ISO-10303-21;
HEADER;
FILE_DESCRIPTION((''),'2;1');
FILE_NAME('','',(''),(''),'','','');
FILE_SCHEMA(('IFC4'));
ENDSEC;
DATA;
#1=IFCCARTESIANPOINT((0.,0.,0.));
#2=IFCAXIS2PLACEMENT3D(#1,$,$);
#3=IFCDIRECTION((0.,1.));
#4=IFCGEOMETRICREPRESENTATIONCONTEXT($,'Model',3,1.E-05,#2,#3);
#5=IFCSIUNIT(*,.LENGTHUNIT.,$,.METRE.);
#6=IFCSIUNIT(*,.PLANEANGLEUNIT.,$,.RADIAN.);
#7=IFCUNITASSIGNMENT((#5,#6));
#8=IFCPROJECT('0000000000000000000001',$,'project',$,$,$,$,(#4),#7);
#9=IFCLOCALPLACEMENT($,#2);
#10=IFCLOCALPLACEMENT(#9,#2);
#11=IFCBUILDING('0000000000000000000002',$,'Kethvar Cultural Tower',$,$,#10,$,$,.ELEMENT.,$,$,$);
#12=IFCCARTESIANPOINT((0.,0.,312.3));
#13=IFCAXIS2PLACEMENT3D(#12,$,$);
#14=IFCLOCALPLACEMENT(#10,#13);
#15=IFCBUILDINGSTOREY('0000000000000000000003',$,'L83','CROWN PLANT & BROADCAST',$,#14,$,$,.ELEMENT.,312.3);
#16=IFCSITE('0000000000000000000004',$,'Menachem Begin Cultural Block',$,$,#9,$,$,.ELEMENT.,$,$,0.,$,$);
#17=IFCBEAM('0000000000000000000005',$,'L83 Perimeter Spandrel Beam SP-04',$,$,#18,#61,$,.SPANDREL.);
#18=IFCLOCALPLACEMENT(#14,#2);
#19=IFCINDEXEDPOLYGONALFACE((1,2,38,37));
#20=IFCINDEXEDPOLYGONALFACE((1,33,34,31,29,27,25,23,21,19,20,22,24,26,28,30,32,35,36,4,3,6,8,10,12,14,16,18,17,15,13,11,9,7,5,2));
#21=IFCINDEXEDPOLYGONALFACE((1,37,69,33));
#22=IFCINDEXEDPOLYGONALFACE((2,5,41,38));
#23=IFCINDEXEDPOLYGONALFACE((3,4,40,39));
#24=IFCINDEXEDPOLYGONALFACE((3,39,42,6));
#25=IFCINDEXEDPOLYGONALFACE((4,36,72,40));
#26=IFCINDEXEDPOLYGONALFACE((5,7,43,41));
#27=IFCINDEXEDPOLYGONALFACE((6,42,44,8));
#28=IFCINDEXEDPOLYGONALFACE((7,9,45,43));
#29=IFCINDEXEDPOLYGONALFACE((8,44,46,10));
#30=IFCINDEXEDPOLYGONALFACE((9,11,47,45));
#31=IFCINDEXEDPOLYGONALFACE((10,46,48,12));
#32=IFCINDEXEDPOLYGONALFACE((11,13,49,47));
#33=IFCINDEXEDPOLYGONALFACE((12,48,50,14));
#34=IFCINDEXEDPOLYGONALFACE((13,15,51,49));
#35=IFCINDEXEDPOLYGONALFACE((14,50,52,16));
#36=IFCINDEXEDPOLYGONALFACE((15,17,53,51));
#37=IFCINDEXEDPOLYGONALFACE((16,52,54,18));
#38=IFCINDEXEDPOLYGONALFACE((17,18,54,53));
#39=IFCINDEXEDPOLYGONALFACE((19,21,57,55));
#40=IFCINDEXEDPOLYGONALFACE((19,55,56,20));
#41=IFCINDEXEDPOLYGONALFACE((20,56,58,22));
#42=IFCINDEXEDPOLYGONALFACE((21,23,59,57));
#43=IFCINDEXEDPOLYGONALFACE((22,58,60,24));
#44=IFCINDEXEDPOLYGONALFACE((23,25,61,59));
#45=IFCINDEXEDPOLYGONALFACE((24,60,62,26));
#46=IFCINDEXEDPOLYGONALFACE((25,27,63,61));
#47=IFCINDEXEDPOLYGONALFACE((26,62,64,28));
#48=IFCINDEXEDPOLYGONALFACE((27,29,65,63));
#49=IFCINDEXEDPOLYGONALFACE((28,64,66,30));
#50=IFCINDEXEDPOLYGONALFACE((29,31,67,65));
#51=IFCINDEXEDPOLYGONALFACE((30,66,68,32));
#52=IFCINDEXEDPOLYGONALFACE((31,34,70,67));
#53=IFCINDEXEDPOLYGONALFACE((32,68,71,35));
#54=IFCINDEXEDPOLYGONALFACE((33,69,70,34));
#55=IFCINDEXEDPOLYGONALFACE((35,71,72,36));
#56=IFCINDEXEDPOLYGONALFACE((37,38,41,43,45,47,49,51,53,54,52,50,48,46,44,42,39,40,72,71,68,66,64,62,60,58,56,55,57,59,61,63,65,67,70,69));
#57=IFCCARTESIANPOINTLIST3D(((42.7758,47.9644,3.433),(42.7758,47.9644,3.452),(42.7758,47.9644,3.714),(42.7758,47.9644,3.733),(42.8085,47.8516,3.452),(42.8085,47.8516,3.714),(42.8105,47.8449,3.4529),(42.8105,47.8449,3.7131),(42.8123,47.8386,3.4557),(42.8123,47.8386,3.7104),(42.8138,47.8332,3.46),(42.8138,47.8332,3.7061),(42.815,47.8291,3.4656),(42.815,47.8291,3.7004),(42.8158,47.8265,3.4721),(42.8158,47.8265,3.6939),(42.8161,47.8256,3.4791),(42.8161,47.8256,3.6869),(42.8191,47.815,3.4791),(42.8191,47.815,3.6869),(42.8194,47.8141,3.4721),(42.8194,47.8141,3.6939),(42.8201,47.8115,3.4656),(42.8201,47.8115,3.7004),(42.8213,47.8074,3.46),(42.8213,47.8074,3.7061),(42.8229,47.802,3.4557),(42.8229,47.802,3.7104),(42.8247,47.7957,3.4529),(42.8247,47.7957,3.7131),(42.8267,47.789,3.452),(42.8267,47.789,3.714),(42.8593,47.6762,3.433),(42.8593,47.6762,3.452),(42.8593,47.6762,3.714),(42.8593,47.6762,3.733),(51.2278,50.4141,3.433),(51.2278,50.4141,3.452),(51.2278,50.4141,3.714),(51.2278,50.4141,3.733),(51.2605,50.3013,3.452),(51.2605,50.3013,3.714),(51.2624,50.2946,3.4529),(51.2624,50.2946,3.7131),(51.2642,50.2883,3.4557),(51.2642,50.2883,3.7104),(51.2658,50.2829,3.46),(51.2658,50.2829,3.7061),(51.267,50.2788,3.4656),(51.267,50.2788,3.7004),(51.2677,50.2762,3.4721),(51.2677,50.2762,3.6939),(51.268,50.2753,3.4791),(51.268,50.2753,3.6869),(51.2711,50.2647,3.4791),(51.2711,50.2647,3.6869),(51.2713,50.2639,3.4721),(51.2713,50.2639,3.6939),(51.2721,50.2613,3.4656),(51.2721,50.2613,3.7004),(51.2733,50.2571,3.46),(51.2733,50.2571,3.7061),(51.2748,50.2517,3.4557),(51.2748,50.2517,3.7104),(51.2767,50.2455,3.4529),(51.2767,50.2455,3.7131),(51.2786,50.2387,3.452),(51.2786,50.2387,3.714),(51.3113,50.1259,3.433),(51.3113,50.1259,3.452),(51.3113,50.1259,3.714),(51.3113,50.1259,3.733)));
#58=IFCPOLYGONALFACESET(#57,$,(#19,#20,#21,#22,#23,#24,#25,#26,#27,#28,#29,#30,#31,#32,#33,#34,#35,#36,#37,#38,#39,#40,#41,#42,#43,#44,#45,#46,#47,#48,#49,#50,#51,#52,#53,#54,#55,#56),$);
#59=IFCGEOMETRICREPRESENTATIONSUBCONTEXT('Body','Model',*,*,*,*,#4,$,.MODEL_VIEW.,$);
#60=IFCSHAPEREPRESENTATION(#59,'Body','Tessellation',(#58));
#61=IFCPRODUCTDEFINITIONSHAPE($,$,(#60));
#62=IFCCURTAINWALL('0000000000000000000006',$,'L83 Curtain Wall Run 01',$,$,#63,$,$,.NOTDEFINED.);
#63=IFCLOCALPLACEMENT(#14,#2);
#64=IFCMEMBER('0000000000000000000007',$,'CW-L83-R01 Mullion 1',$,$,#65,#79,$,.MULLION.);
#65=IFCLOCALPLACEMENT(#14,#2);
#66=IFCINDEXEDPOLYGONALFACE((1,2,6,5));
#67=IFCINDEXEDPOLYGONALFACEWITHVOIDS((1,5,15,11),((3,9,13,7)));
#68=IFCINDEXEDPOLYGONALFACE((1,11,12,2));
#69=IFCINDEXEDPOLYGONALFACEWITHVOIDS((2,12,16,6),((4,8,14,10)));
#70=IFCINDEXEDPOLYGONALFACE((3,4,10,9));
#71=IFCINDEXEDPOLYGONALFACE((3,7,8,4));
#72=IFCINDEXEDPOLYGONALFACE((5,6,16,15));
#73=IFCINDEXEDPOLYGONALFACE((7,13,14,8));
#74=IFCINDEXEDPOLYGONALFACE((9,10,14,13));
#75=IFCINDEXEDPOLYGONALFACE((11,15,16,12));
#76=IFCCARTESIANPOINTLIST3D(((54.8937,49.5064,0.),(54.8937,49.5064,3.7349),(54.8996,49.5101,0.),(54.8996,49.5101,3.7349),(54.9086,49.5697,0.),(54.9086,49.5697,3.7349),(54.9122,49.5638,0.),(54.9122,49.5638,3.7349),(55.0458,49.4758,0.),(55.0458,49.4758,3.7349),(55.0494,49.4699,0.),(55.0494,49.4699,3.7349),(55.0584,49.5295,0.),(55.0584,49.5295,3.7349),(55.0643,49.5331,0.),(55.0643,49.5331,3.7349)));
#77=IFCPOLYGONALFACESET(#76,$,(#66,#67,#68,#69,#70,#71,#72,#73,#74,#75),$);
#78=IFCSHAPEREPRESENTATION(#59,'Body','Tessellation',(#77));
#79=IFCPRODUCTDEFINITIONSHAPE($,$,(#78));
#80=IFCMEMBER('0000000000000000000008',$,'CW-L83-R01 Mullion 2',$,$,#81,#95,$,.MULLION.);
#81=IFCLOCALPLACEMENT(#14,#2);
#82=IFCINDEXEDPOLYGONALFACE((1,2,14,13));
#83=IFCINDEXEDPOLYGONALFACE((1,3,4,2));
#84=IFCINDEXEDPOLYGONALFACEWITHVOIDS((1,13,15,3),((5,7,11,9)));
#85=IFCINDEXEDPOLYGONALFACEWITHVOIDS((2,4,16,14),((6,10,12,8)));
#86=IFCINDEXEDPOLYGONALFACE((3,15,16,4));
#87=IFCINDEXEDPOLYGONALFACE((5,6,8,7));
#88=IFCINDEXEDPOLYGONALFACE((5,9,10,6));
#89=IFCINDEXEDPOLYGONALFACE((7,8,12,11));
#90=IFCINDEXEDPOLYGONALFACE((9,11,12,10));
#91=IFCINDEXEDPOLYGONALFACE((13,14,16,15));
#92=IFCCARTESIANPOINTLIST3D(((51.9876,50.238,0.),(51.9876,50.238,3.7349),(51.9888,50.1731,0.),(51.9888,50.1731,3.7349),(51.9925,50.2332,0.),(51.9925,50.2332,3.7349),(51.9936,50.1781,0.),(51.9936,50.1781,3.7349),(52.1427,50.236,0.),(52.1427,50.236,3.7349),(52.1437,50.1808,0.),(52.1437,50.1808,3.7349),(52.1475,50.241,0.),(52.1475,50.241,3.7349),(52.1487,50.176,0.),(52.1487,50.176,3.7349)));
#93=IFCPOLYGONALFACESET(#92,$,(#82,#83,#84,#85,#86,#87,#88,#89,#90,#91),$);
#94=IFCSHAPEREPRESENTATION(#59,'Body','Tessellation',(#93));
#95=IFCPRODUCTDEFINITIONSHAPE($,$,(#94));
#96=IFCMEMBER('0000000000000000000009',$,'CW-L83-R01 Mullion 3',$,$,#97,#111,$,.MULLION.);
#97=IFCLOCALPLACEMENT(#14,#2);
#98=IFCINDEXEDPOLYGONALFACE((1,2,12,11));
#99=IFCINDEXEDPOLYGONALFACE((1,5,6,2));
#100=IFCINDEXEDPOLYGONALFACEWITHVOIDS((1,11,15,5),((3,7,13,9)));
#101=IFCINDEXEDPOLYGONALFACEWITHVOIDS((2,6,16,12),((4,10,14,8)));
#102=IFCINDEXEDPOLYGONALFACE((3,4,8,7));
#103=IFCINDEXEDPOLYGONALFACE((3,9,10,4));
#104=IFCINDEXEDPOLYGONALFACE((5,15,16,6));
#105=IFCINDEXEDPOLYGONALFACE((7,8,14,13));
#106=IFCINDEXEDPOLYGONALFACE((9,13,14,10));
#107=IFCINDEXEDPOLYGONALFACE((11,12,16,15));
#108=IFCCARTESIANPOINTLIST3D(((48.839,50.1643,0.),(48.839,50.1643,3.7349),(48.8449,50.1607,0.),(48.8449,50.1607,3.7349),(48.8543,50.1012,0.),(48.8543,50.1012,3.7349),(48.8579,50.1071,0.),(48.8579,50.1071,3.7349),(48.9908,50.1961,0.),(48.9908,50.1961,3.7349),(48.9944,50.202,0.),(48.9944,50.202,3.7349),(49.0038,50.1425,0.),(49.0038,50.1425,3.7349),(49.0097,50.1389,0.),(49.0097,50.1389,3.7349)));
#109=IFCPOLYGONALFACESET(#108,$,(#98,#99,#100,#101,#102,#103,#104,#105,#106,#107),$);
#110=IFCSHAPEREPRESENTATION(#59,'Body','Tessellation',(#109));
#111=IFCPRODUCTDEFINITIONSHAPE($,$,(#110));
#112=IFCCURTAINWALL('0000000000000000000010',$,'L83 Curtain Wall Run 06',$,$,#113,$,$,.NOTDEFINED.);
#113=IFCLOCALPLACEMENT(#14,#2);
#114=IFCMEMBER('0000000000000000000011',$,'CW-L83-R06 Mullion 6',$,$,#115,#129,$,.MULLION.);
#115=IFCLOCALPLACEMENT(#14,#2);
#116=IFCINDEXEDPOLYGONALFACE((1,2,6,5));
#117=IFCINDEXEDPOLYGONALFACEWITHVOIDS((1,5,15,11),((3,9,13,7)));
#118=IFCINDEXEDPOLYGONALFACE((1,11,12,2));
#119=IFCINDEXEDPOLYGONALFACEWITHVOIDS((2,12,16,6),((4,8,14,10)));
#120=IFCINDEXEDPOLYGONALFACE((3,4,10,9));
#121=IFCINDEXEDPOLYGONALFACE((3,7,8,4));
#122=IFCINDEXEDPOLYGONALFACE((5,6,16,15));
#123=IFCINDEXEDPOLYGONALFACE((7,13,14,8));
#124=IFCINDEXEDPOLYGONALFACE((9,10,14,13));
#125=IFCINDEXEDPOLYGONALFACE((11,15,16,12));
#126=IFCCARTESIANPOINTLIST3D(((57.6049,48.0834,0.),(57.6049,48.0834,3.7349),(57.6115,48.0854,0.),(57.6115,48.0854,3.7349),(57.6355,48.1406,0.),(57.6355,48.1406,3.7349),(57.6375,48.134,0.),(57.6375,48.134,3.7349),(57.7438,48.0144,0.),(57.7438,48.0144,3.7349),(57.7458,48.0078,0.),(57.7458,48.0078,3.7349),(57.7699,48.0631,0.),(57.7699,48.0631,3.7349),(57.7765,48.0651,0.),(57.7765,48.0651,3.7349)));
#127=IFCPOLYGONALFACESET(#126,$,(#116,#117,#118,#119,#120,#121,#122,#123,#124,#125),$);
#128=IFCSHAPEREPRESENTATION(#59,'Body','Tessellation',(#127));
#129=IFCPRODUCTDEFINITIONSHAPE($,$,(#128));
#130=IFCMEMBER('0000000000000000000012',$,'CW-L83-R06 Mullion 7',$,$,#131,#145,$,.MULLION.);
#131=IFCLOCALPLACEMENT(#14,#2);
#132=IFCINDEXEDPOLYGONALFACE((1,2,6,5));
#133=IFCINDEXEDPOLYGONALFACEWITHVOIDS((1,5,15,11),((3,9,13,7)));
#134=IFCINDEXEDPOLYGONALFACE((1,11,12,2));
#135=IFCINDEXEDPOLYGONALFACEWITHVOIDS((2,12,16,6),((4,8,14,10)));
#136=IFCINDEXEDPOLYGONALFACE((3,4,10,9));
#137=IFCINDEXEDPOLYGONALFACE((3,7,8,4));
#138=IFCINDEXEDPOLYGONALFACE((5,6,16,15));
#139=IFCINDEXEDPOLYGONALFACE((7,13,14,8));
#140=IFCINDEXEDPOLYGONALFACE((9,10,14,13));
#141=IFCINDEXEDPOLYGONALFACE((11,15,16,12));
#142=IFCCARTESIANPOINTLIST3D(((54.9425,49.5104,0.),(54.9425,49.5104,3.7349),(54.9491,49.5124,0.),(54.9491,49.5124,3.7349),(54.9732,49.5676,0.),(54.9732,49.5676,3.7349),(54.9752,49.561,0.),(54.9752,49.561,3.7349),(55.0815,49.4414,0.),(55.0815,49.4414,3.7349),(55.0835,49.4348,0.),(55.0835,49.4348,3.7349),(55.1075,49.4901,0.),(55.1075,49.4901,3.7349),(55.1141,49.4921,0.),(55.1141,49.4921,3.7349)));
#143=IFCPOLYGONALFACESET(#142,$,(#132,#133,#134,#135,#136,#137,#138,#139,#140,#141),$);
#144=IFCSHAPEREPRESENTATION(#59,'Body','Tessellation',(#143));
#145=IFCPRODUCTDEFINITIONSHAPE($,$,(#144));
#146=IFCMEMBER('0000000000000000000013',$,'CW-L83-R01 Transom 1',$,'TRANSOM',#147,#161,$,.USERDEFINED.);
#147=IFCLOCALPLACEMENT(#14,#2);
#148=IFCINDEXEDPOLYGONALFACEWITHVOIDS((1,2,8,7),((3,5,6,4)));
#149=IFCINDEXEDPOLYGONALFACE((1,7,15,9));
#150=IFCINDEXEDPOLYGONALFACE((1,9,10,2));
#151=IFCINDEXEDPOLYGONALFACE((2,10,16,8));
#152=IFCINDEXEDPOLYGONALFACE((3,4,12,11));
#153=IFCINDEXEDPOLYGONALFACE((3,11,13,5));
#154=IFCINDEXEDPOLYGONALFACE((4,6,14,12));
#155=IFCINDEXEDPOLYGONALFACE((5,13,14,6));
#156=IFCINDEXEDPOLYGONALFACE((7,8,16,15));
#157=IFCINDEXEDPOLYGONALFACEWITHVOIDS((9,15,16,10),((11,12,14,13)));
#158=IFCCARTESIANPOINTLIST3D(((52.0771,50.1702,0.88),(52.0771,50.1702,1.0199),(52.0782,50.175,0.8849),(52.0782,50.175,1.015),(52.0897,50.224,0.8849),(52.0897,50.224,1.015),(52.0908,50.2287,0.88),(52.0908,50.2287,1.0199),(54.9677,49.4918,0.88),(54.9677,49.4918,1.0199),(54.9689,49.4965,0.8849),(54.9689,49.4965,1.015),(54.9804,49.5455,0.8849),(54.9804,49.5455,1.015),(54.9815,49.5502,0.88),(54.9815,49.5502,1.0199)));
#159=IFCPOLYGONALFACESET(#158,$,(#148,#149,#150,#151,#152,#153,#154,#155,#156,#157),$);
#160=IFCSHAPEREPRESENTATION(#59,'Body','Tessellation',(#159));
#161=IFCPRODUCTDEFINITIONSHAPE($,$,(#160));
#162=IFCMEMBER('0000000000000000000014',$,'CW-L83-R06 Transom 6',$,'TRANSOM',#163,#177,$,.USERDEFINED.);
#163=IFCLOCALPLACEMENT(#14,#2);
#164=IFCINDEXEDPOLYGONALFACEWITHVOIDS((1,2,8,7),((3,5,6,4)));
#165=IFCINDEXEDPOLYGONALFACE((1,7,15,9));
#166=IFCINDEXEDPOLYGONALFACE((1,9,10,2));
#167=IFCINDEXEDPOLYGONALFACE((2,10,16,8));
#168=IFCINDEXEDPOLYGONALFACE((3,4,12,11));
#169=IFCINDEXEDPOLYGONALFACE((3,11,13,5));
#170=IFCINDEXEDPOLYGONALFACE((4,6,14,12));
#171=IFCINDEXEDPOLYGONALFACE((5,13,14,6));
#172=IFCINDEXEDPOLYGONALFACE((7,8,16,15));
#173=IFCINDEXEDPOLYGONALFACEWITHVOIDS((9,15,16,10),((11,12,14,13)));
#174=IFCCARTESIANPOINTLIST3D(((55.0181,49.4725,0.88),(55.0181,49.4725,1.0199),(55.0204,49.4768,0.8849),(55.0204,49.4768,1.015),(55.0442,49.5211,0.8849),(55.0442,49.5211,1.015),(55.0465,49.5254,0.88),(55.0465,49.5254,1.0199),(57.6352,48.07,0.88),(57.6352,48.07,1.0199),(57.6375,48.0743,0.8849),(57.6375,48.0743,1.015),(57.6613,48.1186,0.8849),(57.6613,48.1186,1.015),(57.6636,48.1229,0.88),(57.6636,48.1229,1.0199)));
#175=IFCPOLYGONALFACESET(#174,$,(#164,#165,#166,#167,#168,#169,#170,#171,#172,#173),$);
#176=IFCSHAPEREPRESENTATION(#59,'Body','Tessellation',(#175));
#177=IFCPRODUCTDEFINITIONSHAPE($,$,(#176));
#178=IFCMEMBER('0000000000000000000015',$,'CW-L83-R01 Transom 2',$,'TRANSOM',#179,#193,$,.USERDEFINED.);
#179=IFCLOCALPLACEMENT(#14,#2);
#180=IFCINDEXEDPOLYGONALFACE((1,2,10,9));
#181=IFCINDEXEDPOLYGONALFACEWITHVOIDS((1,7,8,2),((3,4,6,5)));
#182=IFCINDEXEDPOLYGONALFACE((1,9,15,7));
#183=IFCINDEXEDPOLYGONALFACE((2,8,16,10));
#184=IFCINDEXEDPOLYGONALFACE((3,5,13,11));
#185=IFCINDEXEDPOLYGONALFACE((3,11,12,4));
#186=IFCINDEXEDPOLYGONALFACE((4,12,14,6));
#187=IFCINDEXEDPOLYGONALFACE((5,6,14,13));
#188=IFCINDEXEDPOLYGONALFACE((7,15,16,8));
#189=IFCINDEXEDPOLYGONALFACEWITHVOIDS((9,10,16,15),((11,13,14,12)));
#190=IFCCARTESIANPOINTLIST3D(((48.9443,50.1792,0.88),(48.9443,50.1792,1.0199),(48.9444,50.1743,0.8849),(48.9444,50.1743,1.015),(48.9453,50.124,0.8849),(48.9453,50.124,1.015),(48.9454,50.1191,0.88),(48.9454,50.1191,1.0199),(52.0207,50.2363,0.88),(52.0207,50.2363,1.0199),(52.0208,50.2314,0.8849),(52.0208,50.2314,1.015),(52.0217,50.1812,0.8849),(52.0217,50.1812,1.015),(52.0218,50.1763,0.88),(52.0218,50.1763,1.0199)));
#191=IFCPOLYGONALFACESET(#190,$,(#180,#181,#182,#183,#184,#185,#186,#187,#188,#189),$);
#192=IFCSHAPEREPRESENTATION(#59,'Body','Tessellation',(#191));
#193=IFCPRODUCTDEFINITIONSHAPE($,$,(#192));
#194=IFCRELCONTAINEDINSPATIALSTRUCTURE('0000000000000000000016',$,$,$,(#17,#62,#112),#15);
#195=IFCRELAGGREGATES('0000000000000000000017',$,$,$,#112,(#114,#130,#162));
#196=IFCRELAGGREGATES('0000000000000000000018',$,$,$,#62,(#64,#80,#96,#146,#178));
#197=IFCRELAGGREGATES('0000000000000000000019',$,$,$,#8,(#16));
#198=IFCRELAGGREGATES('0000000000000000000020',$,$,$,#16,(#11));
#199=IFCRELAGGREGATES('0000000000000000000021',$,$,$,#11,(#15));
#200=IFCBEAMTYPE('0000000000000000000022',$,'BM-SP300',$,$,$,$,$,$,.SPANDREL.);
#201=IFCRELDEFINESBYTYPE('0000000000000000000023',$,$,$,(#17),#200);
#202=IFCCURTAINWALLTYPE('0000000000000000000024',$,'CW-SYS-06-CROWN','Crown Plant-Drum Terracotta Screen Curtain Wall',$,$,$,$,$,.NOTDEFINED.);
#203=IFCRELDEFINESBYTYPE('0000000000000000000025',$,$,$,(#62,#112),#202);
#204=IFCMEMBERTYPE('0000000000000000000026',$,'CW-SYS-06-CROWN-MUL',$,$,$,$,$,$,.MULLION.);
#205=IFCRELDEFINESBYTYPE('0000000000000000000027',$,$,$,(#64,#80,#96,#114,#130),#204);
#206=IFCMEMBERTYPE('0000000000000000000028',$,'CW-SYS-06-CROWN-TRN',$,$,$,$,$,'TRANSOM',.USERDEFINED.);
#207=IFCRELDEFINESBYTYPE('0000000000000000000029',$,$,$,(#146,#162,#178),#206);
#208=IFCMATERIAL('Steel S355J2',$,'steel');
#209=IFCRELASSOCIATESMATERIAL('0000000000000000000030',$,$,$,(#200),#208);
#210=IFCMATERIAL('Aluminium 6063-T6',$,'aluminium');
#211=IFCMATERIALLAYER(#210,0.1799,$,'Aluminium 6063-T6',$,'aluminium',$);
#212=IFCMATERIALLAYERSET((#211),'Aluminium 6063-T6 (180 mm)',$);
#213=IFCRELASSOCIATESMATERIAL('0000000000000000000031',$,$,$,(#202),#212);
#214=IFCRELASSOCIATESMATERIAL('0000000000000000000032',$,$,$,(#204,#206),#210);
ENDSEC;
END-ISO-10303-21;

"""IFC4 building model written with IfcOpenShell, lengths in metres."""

from ifc_helpers import new_model, si_unit, direction, frame, origin, origin_2d, place, context, subcontext, project, spatial, hollow_rectangle, i_section, extrude, source, transform, mapped, material, layer, layer_set, material_profile, profile_set, type_object, element, aggregate, save


model = new_model("IFC4")

# Units and contexts
model_context = context("Model", 3, precision=1e-05, world=origin(), true_north=direction((0.0, 1.0)))
body_context = subcontext(model_context, "Body", "Model", "MODEL_VIEW")
ifc_project = project(units=[si_unit("LENGTHUNIT", "METRE"), si_unit("PLANEANGLEUNIT", "RADIAN")], contexts=[model_context])

# Site, building, storey
site_placement = place(None, origin())
site = spatial("IfcSite", under=ifc_project, at=site_placement, Name="Menachem Begin Cultural Block", CompositionType="ELEMENT", RefElevation=0.0)
building_placement = place(site_placement, origin())
building = spatial("IfcBuilding", under=site, at=building_placement, Name="Kethvar Cultural Tower", CompositionType="ELEMENT")
storey_placement = place(building_placement, frame((0.0, 0.0, 312.3)))
storey = spatial("IfcBuildingStorey", under=building, at=storey_placement, Name="L83", Description="CROWN PLANT & BROADCAST", CompositionType="ELEMENT", Elevation=312.3)

# Shared definitions
ifc_material_1 = material(Name="Steel S355J2", Category="steel")

# Beam
ifc_material_profile_1 = material_profile(ifc_material_1, i_section(OverallWidth=0.3, OverallDepth=0.3, WebThickness=0.011, FlangeThickness=0.019, FilletRadius=0.0271, at=origin_2d()), Name="Steel S355J2 — HEB300")
ifc_profile_set_1 = profile_set([ifc_material_profile_1], Name="Steel S355J2 — HEB300")
beam_type_1 = type_object("IfcBeamType", Name="BM-SP300", PredefinedType="SPANDREL", material=ifc_profile_set_1)
shared_shape_1 = source(origin(), body_context, "Body", "SweptSolid", [
    extrude(i_section(OverallWidth=0.3, OverallDepth=0.3, WebThickness=0.011, FlangeThickness=0.019, FilletRadius=0.0271, at=origin_2d()), origin(), (0.0, 0.0, 1.0), 8.7998),
])
beam_1_placement = place(storey_placement, frame((51.2695, 50.27, 3.583), z_axis=(-0.96047, -0.278383, 0.0), x_axis=(0.278383, -0.96047, 0.0)))
element("IfcBeam", 1, at=beam_1_placement, inside=storey, type_object=beam_type_1, Name="L83 Perimeter Spandrel Beam SP-04", PredefinedType="SPANDREL", context=body_context, shape_type="MappedRepresentation", body=[
    mapped(shared_shape_1, transform((0.0, 0.0, 0.0), scale=1.0)),
])

# Curtain walls, members
ifc_material_2 = material(Name="Aluminium 6063-T6", Category="aluminium")
ifc_layer_1 = layer(ifc_material_2, 0.1799, Name="Aluminium 6063-T6", Category="aluminium")
ifc_layer_set_1 = layer_set([ifc_layer_1], Name="Aluminium 6063-T6 (180 mm)")
curtain_wall_type = type_object("IfcCurtainWallType", Name="CW-SYS-06-CROWN", Description="Crown Plant-Drum Terracotta Screen Curtain Wall", PredefinedType="NOTDEFINED", material=ifc_layer_set_1)
curtain_wall_1_placement = place(storey_placement, origin())
curtain_wall_1 = element("IfcCurtainWall", 2, at=curtain_wall_1_placement, inside=storey, type_object=curtain_wall_type, Name="L83 Curtain Wall Run 01", PredefinedType="NOTDEFINED")
ifc_material_profile_2 = material_profile(ifc_material_2, hollow_rectangle(XDim=0.0649, YDim=0.1599, WallThickness=0.0049, at=origin_2d()), Name="Aluminium 6063-T6 — RHS160x65x5")
ifc_profile_set_2 = profile_set([ifc_material_profile_2], Name="Aluminium 6063-T6 — RHS160x65x5")
member_type_1 = type_object("IfcMemberType", Name="CW-SYS-06-CROWN-MUL", PredefinedType="MULLION", material=ifc_profile_set_2)
shared_shape_2 = source(origin(), body_context, "Body", "SweptSolid", [
    extrude(hollow_rectangle(XDim=0.0649, YDim=0.1599, WallThickness=0.0049, at=origin_2d()), origin(), (0.0, 0.0, 1.0), 3.7349),
])
member_1_placement = place(storey_placement, frame((54.979, 49.5198, 0.0), z_axis=(0.0, 0.0, 1.0), x_axis=(-0.228538, -0.973535, 0.0)))
member_1 = element("IfcMember", 3, at=member_1_placement, type_object=member_type_1, Name="CW-L83-R01 Mullion 1", PredefinedType="MULLION", context=body_context, shape_type="MappedRepresentation", body=[
    mapped(shared_shape_2, transform((0.0, 0.0, 0.0), scale=1.0)),
])
member_2_placement = place(storey_placement, frame((52.0681, 50.207, 0.0), z_axis=(0.0, 0.0, 1.0), x_axis=(0.018517, -0.999829, 0.0)))
member_2 = element("IfcMember", 4, at=member_2_placement, type_object=member_type_1, Name="CW-L83-R01 Mullion 2", PredefinedType="MULLION", context=body_context, shape_type="MappedRepresentation", body=[
    mapped(shared_shape_2, transform((0.0, 0.0, 0.0), scale=1.0)),
])
member_3_placement = place(storey_placement, frame((48.9243, 50.1516, 0.0), z_axis=(0.0, 0.0, 1.0), x_axis=(0.235821, -0.971797, 0.0)))
member_3 = element("IfcMember", 5, at=member_3_placement, type_object=member_type_1, Name="CW-L83-R01 Mullion 3", PredefinedType="MULLION", context=body_context, shape_type="MappedRepresentation", body=[
    mapped(shared_shape_2, transform((0.0, 0.0, 0.0), scale=1.0)),
])
curtain_wall_2_placement = place(storey_placement, origin())
curtain_wall_2 = element("IfcCurtainWall", 6, at=curtain_wall_2_placement, inside=storey, type_object=curtain_wall_type, Name="L83 Curtain Wall Run 06", PredefinedType="NOTDEFINED")
member_4_placement = place(storey_placement, frame((57.6907, 48.0742, 0.0), z_axis=(0.0, 0.0, 1.0), x_axis=(-0.472382, -0.881394, 0.0)))
member_4 = element("IfcMember", 7, at=member_4_placement, type_object=member_type_1, Name="CW-L83-R06 Mullion 6", PredefinedType="MULLION", context=body_context, shape_type="MappedRepresentation", body=[
    mapped(shared_shape_2, transform((0.0, 0.0, 0.0), scale=1.0)),
])
member_5_placement = place(storey_placement, frame((55.0283, 49.5012, 0.0), z_axis=(0.0, 0.0, 1.0), x_axis=(-0.472382, -0.881394, 0.0)))
member_5 = element("IfcMember", 8, at=member_5_placement, type_object=member_type_1, Name="CW-L83-R06 Mullion 7", PredefinedType="MULLION", context=body_context, shape_type="MappedRepresentation", body=[
    mapped(shared_shape_2, transform((0.0, 0.0, 0.0), scale=1.0)),
])

# Members
ifc_material_profile_3 = material_profile(ifc_material_2, hollow_rectangle(XDim=0.0601, YDim=0.1399, WallThickness=0.0049, at=origin_2d()), Name="Aluminium 6063-T6 — RHS140x60x5")
ifc_profile_set_3 = profile_set([ifc_material_profile_3], Name="Aluminium 6063-T6 — RHS140x60x5")
member_type_2 = type_object("IfcMemberType", Name="CW-SYS-06-CROWN-TRN", ElementType="TRANSOM", PredefinedType="USERDEFINED", material=ifc_profile_set_3)
shared_shape_3 = source(origin(), body_context, "Body", "SweptSolid", [
    extrude(hollow_rectangle(XDim=0.0601, YDim=0.1399, WallThickness=0.0049, at=origin_2d()), origin(), (0.0, 0.0, 1.0), 2.9692),
])
member_6_placement = place(storey_placement, frame((54.9746, 49.521, 0.95), z_axis=(-0.973543, 0.228503, 0.0), x_axis=(-0.228503, -0.973543, 0.0)))
member_6 = element("IfcMember", 9, at=member_6_placement, type_object=member_type_2, Name="CW-L83-R01 Transom 1", ObjectType="TRANSOM", PredefinedType="USERDEFINED", context=body_context, shape_type="MappedRepresentation", body=[
    mapped(shared_shape_3, transform((0.0, 0.0, 0.0), scale=1.0)),
])
member_7_placement = place(storey_placement, frame((57.6494, 48.0964, 0.95), z_axis=(-0.881407, 0.472358, 0.0), x_axis=(-0.472358, -0.881407, 0.0)))
member_7 = element("IfcMember", 10, at=member_7_placement, type_object=member_type_2, Name="CW-L83-R06 Transom 6", ObjectType="TRANSOM", PredefinedType="USERDEFINED", context=body_context, shape_type="MappedRepresentation", body=[
    mapped(shared_shape_3, transform((0.0, 0.0, 0.0), scale=1.0)),
])
shared_shape_4 = source(origin(), body_context, "Body", "SweptSolid", [
    extrude(hollow_rectangle(XDim=0.0601, YDim=0.1399, WallThickness=0.0049, at=origin_2d()), origin(), (0.0, 0.0, 1.0), 3.0769),
])
member_8_placement = place(storey_placement, frame((52.0212, 50.2063, 0.95), z_axis=(-0.999828, -0.018567, 0.0), x_axis=(0.018567, -0.999828, 0.0)))
member_8 = element("IfcMember", 11, at=member_8_placement, type_object=member_type_2, Name="CW-L83-R01 Transom 2", ObjectType="TRANSOM", PredefinedType="USERDEFINED", context=body_context, shape_type="MappedRepresentation", body=[
    mapped(shared_shape_4, transform((0.0, 0.0, 0.0), scale=1.0)),
])

aggregate(curtain_wall_2, [member_4, member_5, member_7])
aggregate(curtain_wall_1, [member_1, member_2, member_3, member_6, member_8])

save(model, "model.ifc")
